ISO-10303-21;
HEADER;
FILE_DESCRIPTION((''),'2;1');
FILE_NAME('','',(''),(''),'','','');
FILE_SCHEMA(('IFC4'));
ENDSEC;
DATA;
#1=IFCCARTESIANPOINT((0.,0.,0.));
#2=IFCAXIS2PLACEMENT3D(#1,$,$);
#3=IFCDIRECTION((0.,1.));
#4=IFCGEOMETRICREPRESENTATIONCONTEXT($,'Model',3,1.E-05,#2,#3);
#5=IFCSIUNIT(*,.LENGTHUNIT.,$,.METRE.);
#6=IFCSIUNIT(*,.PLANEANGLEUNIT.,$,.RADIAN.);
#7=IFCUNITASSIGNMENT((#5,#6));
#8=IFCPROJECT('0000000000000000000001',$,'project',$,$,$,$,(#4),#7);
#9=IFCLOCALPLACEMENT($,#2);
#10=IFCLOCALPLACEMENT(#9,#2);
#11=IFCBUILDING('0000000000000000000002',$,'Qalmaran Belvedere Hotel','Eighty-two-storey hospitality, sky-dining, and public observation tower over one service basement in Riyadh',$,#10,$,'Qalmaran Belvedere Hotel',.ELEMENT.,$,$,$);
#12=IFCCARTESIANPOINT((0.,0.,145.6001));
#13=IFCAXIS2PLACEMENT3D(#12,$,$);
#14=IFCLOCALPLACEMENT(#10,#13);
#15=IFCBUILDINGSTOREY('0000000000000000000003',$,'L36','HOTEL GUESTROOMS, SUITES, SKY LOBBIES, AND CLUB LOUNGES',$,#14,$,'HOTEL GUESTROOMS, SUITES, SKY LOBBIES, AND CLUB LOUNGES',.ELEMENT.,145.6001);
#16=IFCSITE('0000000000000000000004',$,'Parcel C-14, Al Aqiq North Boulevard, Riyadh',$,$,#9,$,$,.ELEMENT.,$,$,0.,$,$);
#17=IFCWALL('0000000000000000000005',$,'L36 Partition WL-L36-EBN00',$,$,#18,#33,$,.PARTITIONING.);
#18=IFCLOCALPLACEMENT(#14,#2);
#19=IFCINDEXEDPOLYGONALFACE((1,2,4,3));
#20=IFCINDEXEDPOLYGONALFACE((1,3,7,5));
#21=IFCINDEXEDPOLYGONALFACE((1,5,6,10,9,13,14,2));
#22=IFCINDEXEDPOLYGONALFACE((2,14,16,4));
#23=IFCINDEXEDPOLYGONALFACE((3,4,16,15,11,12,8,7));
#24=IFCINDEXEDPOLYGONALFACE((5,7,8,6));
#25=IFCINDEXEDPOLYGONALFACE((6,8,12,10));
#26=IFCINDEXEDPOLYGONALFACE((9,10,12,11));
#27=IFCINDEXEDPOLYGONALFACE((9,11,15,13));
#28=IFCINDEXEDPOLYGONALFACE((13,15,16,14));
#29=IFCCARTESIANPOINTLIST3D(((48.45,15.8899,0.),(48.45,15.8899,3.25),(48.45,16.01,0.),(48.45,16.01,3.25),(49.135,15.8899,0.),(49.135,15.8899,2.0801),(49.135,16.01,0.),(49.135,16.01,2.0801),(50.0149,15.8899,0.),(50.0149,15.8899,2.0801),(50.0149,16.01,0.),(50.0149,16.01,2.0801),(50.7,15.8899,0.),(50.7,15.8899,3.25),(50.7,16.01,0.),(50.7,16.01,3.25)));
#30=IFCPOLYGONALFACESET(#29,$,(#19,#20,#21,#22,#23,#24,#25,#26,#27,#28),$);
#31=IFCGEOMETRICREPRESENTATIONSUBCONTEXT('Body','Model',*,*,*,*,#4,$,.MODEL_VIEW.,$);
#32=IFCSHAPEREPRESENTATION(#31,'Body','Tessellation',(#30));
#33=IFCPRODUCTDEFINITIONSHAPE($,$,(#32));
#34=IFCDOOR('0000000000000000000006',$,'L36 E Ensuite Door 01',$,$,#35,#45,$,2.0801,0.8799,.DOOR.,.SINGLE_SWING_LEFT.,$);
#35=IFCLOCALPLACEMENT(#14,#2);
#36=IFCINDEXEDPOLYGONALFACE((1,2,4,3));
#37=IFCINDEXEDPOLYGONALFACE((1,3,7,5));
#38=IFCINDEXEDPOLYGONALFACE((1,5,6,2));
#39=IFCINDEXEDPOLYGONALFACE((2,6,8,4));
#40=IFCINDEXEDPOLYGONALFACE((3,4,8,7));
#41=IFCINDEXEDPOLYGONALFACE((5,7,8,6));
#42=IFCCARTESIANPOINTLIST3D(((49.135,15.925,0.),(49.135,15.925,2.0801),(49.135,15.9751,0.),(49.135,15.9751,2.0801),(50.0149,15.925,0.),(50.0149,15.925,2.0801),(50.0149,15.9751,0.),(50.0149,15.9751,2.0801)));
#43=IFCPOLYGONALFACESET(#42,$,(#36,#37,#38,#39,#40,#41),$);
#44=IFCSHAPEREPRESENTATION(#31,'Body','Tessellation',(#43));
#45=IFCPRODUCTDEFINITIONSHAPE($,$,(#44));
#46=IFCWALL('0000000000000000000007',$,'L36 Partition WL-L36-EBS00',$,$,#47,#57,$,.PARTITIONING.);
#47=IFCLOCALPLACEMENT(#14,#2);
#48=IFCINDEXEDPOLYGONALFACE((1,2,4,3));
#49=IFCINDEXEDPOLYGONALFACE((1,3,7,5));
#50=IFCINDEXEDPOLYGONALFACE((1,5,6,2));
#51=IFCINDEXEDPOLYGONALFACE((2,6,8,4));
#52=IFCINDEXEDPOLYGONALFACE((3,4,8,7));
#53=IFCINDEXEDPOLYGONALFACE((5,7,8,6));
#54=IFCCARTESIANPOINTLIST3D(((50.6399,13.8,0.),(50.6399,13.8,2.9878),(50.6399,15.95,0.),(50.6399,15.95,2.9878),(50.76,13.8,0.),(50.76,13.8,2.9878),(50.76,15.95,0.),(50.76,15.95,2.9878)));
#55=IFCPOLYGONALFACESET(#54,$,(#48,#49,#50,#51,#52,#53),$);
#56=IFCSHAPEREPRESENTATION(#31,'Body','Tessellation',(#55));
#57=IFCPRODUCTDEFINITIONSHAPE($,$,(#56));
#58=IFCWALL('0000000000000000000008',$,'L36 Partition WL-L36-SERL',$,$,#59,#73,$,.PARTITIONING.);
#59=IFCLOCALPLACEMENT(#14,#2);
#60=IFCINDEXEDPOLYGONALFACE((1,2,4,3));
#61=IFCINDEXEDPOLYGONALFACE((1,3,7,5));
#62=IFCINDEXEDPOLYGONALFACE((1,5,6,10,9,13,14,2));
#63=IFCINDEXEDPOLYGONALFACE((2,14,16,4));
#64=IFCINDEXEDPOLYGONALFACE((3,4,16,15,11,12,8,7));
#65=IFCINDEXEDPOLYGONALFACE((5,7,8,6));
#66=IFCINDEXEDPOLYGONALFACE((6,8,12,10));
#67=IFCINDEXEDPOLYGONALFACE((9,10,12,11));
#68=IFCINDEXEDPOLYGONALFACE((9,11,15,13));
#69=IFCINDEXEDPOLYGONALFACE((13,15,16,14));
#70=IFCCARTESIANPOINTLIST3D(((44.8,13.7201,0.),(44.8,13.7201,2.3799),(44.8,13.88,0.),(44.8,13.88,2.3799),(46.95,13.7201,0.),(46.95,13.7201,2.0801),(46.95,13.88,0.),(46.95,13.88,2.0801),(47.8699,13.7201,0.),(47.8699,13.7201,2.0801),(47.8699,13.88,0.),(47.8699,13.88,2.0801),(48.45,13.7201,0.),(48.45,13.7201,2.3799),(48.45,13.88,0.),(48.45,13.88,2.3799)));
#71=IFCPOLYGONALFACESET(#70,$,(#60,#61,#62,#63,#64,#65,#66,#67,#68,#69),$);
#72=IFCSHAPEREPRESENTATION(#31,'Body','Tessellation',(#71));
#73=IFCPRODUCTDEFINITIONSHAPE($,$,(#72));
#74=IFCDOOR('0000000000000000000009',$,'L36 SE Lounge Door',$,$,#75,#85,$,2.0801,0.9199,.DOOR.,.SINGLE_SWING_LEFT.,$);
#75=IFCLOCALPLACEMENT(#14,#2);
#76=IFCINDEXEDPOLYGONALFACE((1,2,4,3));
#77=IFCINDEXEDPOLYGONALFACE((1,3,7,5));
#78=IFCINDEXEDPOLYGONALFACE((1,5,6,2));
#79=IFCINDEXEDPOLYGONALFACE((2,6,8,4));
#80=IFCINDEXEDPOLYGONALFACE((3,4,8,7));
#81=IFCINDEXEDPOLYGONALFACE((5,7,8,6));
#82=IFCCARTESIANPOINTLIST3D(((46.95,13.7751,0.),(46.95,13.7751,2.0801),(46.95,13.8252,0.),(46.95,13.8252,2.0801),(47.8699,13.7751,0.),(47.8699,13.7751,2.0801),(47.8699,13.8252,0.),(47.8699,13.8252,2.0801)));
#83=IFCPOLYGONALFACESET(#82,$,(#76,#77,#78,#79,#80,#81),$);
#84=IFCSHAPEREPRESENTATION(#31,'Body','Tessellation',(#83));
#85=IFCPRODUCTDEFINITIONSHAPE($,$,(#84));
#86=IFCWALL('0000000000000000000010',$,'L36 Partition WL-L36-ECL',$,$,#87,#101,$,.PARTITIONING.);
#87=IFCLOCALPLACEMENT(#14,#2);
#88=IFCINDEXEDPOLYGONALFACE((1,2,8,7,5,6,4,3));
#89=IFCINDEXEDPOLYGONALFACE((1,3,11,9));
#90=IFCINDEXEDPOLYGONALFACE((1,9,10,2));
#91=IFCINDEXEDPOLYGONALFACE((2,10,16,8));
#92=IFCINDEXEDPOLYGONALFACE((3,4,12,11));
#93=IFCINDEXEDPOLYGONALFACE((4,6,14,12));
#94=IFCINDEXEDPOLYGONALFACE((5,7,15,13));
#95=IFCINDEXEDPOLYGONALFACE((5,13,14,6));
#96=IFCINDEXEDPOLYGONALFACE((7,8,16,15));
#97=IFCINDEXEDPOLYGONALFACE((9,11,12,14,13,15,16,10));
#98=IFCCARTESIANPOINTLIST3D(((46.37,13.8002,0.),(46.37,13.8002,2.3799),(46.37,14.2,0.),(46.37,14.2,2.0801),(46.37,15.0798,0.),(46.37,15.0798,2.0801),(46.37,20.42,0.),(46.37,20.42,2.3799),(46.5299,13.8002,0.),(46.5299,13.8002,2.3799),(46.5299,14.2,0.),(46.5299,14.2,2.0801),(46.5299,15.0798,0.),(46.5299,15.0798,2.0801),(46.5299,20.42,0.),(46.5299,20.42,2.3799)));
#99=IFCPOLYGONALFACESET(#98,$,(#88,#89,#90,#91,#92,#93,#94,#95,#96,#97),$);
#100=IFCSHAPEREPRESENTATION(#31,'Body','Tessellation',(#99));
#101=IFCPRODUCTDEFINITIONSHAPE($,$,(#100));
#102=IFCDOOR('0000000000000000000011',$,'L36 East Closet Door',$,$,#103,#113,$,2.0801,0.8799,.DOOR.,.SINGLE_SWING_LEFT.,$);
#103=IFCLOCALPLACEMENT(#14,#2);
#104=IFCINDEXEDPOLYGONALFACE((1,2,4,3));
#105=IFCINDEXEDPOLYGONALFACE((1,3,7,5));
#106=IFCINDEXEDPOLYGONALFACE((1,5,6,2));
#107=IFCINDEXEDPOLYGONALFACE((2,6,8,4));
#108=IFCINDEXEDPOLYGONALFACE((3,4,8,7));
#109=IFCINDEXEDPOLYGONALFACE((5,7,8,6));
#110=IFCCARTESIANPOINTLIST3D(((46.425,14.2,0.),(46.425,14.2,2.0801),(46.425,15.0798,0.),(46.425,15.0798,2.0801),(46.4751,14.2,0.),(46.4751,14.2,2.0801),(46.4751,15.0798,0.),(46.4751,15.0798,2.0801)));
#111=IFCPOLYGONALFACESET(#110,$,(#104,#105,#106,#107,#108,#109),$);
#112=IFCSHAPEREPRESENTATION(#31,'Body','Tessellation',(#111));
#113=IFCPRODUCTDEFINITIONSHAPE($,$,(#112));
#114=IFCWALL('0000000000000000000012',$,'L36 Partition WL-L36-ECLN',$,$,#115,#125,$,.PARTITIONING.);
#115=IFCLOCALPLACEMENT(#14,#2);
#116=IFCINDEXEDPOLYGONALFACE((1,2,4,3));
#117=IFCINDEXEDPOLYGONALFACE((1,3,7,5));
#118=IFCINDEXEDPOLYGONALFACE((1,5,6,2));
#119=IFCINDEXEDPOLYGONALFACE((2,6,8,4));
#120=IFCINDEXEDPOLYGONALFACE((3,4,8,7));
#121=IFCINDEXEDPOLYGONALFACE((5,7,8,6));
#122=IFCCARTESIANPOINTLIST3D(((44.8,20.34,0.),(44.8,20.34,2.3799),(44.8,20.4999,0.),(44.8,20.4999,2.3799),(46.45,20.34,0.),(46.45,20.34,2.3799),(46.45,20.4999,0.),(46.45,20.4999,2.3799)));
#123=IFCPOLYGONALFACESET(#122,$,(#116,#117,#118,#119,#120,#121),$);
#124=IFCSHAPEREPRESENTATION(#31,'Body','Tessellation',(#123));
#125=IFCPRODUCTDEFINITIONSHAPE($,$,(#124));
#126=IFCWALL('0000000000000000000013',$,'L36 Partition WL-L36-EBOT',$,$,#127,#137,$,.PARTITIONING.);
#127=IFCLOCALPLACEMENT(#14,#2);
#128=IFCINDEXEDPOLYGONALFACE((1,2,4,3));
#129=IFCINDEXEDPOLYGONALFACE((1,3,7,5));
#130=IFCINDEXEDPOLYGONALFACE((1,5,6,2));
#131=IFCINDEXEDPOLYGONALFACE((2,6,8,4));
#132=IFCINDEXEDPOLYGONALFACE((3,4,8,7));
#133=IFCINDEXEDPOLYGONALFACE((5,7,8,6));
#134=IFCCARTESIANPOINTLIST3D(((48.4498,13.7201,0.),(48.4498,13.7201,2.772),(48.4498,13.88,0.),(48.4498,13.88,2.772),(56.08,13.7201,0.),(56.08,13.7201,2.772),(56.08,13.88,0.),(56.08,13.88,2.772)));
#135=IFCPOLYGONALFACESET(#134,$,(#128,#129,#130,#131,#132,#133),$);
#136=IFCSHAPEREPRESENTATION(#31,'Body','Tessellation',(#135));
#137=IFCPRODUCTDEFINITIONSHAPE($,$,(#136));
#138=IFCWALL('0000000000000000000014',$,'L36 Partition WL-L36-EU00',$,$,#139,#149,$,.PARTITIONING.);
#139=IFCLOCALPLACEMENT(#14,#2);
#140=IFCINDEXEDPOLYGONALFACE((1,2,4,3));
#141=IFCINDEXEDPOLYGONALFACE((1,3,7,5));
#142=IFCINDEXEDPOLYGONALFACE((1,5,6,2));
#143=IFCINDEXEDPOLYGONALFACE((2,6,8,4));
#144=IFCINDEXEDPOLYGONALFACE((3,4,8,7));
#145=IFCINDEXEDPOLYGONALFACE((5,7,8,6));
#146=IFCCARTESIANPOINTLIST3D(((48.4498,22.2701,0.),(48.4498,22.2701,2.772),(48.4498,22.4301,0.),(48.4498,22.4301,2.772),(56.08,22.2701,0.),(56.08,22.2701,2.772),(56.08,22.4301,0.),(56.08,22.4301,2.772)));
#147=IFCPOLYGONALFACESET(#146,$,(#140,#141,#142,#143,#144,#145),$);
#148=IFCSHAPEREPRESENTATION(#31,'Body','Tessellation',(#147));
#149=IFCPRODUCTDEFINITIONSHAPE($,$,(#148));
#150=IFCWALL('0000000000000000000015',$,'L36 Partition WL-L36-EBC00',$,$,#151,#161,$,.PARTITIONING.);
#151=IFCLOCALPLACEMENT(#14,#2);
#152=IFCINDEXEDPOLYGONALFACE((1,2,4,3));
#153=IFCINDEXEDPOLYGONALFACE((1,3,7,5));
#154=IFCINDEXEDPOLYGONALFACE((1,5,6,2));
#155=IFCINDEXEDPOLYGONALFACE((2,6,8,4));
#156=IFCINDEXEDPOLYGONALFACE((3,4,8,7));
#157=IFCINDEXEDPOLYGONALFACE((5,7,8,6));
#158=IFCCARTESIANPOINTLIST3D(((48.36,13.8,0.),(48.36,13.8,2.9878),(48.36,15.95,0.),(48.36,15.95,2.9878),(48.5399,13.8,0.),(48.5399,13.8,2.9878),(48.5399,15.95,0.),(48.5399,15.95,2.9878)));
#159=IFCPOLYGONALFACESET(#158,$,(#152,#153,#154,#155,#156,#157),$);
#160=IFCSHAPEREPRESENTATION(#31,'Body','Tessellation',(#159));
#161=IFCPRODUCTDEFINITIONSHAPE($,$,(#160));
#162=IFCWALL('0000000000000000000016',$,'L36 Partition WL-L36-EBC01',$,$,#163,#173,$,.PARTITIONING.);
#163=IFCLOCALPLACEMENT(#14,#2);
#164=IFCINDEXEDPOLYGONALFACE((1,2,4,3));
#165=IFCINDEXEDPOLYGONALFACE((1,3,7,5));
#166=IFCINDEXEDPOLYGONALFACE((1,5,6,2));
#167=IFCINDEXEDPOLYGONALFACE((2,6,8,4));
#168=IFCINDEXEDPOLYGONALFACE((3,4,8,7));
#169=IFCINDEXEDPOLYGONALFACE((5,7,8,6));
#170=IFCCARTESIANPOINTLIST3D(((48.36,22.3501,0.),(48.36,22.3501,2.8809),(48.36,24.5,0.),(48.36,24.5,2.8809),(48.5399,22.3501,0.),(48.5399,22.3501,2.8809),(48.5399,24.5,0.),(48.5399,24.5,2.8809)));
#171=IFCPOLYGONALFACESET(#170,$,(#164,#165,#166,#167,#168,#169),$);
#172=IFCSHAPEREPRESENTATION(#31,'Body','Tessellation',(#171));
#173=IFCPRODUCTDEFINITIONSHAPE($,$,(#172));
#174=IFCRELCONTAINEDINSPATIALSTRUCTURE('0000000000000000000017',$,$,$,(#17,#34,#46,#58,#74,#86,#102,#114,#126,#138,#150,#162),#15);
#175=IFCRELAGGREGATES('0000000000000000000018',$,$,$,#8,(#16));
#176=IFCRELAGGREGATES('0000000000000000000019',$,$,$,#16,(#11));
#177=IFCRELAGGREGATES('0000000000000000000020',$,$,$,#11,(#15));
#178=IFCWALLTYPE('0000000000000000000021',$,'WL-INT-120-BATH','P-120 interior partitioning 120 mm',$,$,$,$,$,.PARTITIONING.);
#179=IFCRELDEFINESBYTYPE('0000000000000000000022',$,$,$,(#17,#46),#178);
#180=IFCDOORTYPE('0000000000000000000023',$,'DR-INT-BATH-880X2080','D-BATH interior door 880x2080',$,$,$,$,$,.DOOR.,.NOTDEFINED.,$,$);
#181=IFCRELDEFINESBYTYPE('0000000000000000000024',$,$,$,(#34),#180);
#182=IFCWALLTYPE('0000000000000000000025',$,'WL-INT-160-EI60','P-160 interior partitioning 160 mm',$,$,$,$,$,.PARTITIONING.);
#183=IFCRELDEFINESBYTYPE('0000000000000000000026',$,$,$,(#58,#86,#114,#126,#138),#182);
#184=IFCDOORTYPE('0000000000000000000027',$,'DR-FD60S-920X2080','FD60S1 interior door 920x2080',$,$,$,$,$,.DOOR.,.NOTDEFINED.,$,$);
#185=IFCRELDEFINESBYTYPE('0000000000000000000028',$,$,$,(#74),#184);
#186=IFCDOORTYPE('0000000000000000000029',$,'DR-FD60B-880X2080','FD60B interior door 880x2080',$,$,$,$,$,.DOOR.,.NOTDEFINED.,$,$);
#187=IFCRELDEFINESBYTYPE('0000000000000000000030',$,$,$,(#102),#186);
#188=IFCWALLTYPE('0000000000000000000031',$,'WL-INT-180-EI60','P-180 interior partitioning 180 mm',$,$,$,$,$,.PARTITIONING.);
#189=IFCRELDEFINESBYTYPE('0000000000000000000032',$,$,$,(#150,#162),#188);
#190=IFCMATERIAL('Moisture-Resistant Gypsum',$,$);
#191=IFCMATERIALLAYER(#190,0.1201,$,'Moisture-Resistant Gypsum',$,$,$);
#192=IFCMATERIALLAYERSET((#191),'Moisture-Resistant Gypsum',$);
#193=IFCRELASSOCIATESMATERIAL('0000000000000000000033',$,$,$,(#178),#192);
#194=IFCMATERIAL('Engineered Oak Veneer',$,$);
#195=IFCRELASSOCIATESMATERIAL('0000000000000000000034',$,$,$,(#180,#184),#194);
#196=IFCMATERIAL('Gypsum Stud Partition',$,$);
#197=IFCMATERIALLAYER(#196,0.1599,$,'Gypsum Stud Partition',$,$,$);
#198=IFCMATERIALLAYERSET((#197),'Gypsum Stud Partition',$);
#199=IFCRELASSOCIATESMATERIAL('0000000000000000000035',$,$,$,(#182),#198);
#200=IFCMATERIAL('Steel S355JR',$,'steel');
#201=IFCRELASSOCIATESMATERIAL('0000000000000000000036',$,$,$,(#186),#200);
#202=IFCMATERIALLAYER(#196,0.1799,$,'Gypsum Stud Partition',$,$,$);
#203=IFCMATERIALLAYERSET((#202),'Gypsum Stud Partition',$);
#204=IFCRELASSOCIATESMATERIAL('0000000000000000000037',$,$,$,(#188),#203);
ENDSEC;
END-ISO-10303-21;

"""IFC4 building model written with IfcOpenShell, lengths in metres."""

from ifc_helpers import new_model, si_unit, direction, frame, frame_2d, origin, place, context, subcontext, project, spatial, rectangle, extrude, material, layer, layer_set, type_object, element, fill, save


model = new_model("IFC4")

# Units and contexts
model_context = context("Model", 3, precision=1e-05, world=origin(), true_north=direction((0.0, 1.0)))
body_context = subcontext(model_context, "Body", "Model", "MODEL_VIEW")
ifc_project = project(units=[si_unit("LENGTHUNIT", "METRE"), si_unit("PLANEANGLEUNIT", "RADIAN")], contexts=[model_context])

# Site, building, storey
site_placement = place(None, origin())
site = spatial("IfcSite", under=ifc_project, at=site_placement, Name="Parcel C-14, Al Aqiq North Boulevard, Riyadh", CompositionType="ELEMENT", RefElevation=0.0)
building_placement = place(site_placement, origin())
building = spatial("IfcBuilding", under=site, at=building_placement, Name="Qalmaran Belvedere Hotel", Description="Eighty-two-storey hospitality, sky-dining, and public observation tower over one service basement in Riyadh", LongName="Qalmaran Belvedere Hotel", CompositionType="ELEMENT")
storey_placement = place(building_placement, frame((0.0, 0.0, 145.6001)))
storey = spatial("IfcBuildingStorey", under=building, at=storey_placement, Name="L36", Description="HOTEL GUESTROOMS, SUITES, SKY LOBBIES, AND CLUB LOUNGES", LongName="HOTEL GUESTROOMS, SUITES, SKY LOBBIES, AND CLUB LOUNGES", CompositionType="ELEMENT", Elevation=145.6001)

# Shared definitions
ifc_material_1 = material(Name="Steel S355JR", Category="steel")

# Wall, opening, door
ifc_material_2 = material(Name="Moisture-Resistant Gypsum")
ifc_layer_1 = layer(ifc_material_2, 0.1201, Name="Moisture-Resistant Gypsum")
ifc_layer_set_1 = layer_set([ifc_layer_1], Name="Moisture-Resistant Gypsum")
wall_type_1 = type_object("IfcWallType", Name="WL-INT-120-BATH", Description="P-120 interior partitioning 120 mm", PredefinedType="PARTITIONING", material=ifc_layer_set_1)
wall_1_placement = place(storey_placement, frame((48.45, 15.95, 0.0), z_axis=(0.0, 0.0, 1.0), x_axis=(1.0, 0.0, 0.0)))
wall_1 = element("IfcWall", 1, at=wall_1_placement, inside=storey, type_object=wall_type_1, Name="L36 Partition WL-L36-EBN00", PredefinedType="PARTITIONING", context=body_context, shape_type="SweptSolid", body=[
    extrude(rectangle(XDim=2.25, YDim=0.1201, at=frame_2d((1.125, 0.0))), origin(), (0.0, 0.0, 1.0), 3.25),
])
opening_1_placement = place(wall_1_placement, frame((1.5649, 0.0, 0.0), z_axis=(0.0, 0.0, 1.0), x_axis=(-1.0, 0.0, 0.0)))
opening_1 = element("IfcOpeningElement", 2, at=opening_1_placement, cuts=wall_1, PredefinedType="OPENING", context=body_context, shape_type="SweptSolid", body=[
    extrude(rectangle(XDim=0.8799, YDim=2.0801, at=frame_2d((0.4399, 1.04))), frame((0.0, 0.0701, 0.0), z_axis=(0.0, -1.0, 0.0), x_axis=(1.0, 0.0, 0.0)), (0.0, 0.0, 1.0), 0.1401),
])
ifc_material_3 = material(Name="Engineered Oak Veneer")
door_type_1 = type_object("IfcDoorType", Name="DR-INT-BATH-880X2080", Description="D-BATH interior door 880x2080", OperationType="NOTDEFINED", PredefinedType="DOOR", material=ifc_material_3)
door_1_placement = place(opening_1_placement, origin())
door_1 = element("IfcDoor", 3, at=door_1_placement, inside=storey, type_object=door_type_1, Name="L36 E Ensuite Door 01", OperationType="SINGLE_SWING_LEFT", OverallHeight=2.0801, OverallWidth=0.8799, PredefinedType="DOOR", context=body_context, shape_type="SweptSolid", body=[
    extrude(rectangle(XDim=0.8799, YDim=2.0801, at=frame_2d((0.4399, 1.04))), frame((0.0, 0.0249, 0.0), z_axis=(0.0, -1.0, 0.0), x_axis=(1.0, 0.0, 0.0)), (0.0, 0.0, 1.0), 0.05),
])
fill(opening_1, door_1)

# Wall
wall_2_placement = place(storey_placement, frame((50.7, 13.8, 0.0), z_axis=(0.0, 0.0, 1.0), x_axis=(0.0, 1.0, 0.0)))
element("IfcWall", 4, at=wall_2_placement, inside=storey, type_object=wall_type_1, Name="L36 Partition WL-L36-EBS00", PredefinedType="PARTITIONING", context=body_context, shape_type="SweptSolid", body=[
    extrude(rectangle(XDim=2.1499, YDim=0.1201, at=frame_2d((1.075, 0.0))), origin(), (0.0, 0.0, 1.0), 2.9878),
])

# Walls, openings, doors
ifc_material_4 = material(Name="Gypsum Stud Partition")
ifc_layer_2 = layer(ifc_material_4, 0.1599, Name="Gypsum Stud Partition")
ifc_layer_set_2 = layer_set([ifc_layer_2], Name="Gypsum Stud Partition")
wall_type_2 = type_object("IfcWallType", Name="WL-INT-160-EI60", Description="P-160 interior partitioning 160 mm", PredefinedType="PARTITIONING", material=ifc_layer_set_2)
wall_3_placement = place(storey_placement, frame((44.8, 13.8, 0.0), z_axis=(0.0, 0.0, 1.0), x_axis=(1.0, 0.0, 0.0)))
wall_3 = element("IfcWall", 5, at=wall_3_placement, inside=storey, type_object=wall_type_2, Name="L36 Partition WL-L36-SERL", PredefinedType="PARTITIONING", context=body_context, shape_type="SweptSolid", body=[
    extrude(rectangle(XDim=3.6499, YDim=0.1599, at=frame_2d((1.825, 0.0))), origin(), (0.0, 0.0, 1.0), 2.3799),
])
opening_2_placement = place(wall_3_placement, frame((3.0698, 0.0, 0.0), z_axis=(0.0, 0.0, 1.0), x_axis=(-1.0, 0.0, 0.0)))
opening_2 = element("IfcOpeningElement", 6, at=opening_2_placement, cuts=wall_3, PredefinedType="OPENING", context=body_context, shape_type="SweptSolid", body=[
    extrude(rectangle(XDim=0.9199, YDim=2.0801, at=frame_2d((0.46, 1.04))), frame((0.0, 0.0898, 0.0), z_axis=(0.0, -1.0, 0.0), x_axis=(1.0, 0.0, 0.0)), (0.0, 0.0, 1.0), 0.1799),
])
door_type_2 = type_object("IfcDoorType", Name="DR-FD60S-920X2080", Description="FD60S1 interior door 920x2080", OperationType="NOTDEFINED", PredefinedType="DOOR", material=ifc_material_3)
door_2_placement = place(opening_2_placement, origin())
door_2 = element("IfcDoor", 7, at=door_2_placement, inside=storey, type_object=door_type_2, Name="L36 SE Lounge Door", OperationType="SINGLE_SWING_LEFT", OverallHeight=2.0801, OverallWidth=0.9199, PredefinedType="DOOR", context=body_context, shape_type="SweptSolid", body=[
    extrude(rectangle(XDim=0.9199, YDim=2.0801, at=frame_2d((0.46, 1.04))), frame((0.0, 0.0249, 0.0), z_axis=(0.0, -1.0, 0.0), x_axis=(1.0, 0.0, 0.0)), (0.0, 0.0, 1.0), 0.05),
])
fill(opening_2, door_2)
wall_4_placement = place(storey_placement, frame((46.45, 13.8, 0.0), z_axis=(0.0, 0.0, 1.0), x_axis=(0.0, 1.0, 0.0)))
wall_4 = element("IfcWall", 8, at=wall_4_placement, inside=storey, type_object=wall_type_2, Name="L36 Partition WL-L36-ECL", PredefinedType="PARTITIONING", context=body_context, shape_type="SweptSolid", body=[
    extrude(rectangle(XDim=6.6199, YDim=0.1599, at=frame_2d((3.3101, 0.0))), origin(), (0.0, 0.0, 1.0), 2.3799),
])
opening_3_placement = place(wall_4_placement, frame((0.3999, 0.0, 0.0)))
opening_3 = element("IfcOpeningElement", 9, at=opening_3_placement, cuts=wall_4, PredefinedType="OPENING", context=body_context, shape_type="SweptSolid", body=[
    extrude(rectangle(XDim=0.8799, YDim=2.0801, at=frame_2d((0.4399, 1.04))), frame((0.0, 0.0898, 0.0), z_axis=(0.0, -1.0, 0.0), x_axis=(1.0, 0.0, 0.0)), (0.0, 0.0, 1.0), 0.1799),
])
door_type_3 = type_object("IfcDoorType", Name="DR-FD60B-880X2080", Description="FD60B interior door 880x2080", OperationType="NOTDEFINED", PredefinedType="DOOR", material=ifc_material_1)
door_3_placement = place(opening_3_placement, origin())
door_3 = element("IfcDoor", 10, at=door_3_placement, inside=storey, type_object=door_type_3, Name="L36 East Closet Door", OperationType="SINGLE_SWING_LEFT", OverallHeight=2.0801, OverallWidth=0.8799, PredefinedType="DOOR", context=body_context, shape_type="SweptSolid", body=[
    extrude(rectangle(XDim=0.8799, YDim=2.0801, at=frame_2d((0.4399, 1.04))), frame((0.0, 0.0249, 0.0), z_axis=(0.0, -1.0, 0.0), x_axis=(1.0, 0.0, 0.0)), (0.0, 0.0, 1.0), 0.05),
])
fill(opening_3, door_3)

# Walls
wall_5_placement = place(storey_placement, frame((44.8, 20.4199, 0.0), z_axis=(0.0, 0.0, 1.0), x_axis=(1.0, 0.0, 0.0)))
element("IfcWall", 11, at=wall_5_placement, inside=storey, type_object=wall_type_2, Name="L36 Partition WL-L36-ECLN", PredefinedType="PARTITIONING", context=body_context, shape_type="SweptSolid", body=[
    extrude(rectangle(XDim=1.6499, YDim=0.1599, at=frame_2d((0.825, 0.0))), origin(), (0.0, 0.0, 1.0), 2.3799),
])
for number, where, z_axis, x_axis, name in (
    (12, (48.45, 13.8, 0.0), (0.0, 0.0, 1.0), (1.0, 0.0, 0.0), "L36 Partition WL-L36-EBOT"),
    (13, (48.45, 22.3501, 0.0), (0.0, 0.0, 1.0), (1.0, 0.0, 0.0), "L36 Partition WL-L36-EU00"),
):
    element("IfcWall", number, at=place(storey_placement, frame(where, z_axis=z_axis, x_axis=x_axis)), inside=storey, type_object=wall_type_2, Name=name, PredefinedType="PARTITIONING", context=body_context, shape_type="SweptSolid", body=[
        extrude(rectangle(XDim=7.6301, YDim=0.1599, at=frame_2d((3.8149, 0.0))), origin(), (0.0, 0.0, 1.0), 2.772),
    ])
ifc_layer_3 = layer(ifc_material_4, 0.1799, Name="Gypsum Stud Partition")
ifc_layer_set_3 = layer_set([ifc_layer_3], Name="Gypsum Stud Partition")
wall_type_3 = type_object("IfcWallType", Name="WL-INT-180-EI60", Description="P-180 interior partitioning 180 mm", PredefinedType="PARTITIONING", material=ifc_layer_set_3)
wall_6_placement = place(storey_placement, frame((48.45, 13.8, 0.0), z_axis=(0.0, 0.0, 1.0), x_axis=(0.0, 1.0, 0.0)))
element("IfcWall", 14, at=wall_6_placement, inside=storey, type_object=wall_type_3, Name="L36 Partition WL-L36-EBC00", PredefinedType="PARTITIONING", context=body_context, shape_type="SweptSolid", body=[
    extrude(rectangle(XDim=2.1499, YDim=0.1799, at=frame_2d((1.075, 0.0))), origin(), (0.0, 0.0, 1.0), 2.9878),
])

# Wall
wall_7_placement = place(storey_placement, frame((48.45, 22.3501, 0.0), z_axis=(0.0, 0.0, 1.0), x_axis=(0.0, 1.0, 0.0)))
element("IfcWall", 15, at=wall_7_placement, inside=storey, type_object=wall_type_3, Name="L36 Partition WL-L36-EBC01", PredefinedType="PARTITIONING", context=body_context, shape_type="SweptSolid", body=[
    extrude(rectangle(XDim=2.1499, YDim=0.1799, at=frame_2d((1.075, 0.0))), origin(), (0.0, 0.0, 1.0), 2.8809),
])

save(model, "model.ifc")
